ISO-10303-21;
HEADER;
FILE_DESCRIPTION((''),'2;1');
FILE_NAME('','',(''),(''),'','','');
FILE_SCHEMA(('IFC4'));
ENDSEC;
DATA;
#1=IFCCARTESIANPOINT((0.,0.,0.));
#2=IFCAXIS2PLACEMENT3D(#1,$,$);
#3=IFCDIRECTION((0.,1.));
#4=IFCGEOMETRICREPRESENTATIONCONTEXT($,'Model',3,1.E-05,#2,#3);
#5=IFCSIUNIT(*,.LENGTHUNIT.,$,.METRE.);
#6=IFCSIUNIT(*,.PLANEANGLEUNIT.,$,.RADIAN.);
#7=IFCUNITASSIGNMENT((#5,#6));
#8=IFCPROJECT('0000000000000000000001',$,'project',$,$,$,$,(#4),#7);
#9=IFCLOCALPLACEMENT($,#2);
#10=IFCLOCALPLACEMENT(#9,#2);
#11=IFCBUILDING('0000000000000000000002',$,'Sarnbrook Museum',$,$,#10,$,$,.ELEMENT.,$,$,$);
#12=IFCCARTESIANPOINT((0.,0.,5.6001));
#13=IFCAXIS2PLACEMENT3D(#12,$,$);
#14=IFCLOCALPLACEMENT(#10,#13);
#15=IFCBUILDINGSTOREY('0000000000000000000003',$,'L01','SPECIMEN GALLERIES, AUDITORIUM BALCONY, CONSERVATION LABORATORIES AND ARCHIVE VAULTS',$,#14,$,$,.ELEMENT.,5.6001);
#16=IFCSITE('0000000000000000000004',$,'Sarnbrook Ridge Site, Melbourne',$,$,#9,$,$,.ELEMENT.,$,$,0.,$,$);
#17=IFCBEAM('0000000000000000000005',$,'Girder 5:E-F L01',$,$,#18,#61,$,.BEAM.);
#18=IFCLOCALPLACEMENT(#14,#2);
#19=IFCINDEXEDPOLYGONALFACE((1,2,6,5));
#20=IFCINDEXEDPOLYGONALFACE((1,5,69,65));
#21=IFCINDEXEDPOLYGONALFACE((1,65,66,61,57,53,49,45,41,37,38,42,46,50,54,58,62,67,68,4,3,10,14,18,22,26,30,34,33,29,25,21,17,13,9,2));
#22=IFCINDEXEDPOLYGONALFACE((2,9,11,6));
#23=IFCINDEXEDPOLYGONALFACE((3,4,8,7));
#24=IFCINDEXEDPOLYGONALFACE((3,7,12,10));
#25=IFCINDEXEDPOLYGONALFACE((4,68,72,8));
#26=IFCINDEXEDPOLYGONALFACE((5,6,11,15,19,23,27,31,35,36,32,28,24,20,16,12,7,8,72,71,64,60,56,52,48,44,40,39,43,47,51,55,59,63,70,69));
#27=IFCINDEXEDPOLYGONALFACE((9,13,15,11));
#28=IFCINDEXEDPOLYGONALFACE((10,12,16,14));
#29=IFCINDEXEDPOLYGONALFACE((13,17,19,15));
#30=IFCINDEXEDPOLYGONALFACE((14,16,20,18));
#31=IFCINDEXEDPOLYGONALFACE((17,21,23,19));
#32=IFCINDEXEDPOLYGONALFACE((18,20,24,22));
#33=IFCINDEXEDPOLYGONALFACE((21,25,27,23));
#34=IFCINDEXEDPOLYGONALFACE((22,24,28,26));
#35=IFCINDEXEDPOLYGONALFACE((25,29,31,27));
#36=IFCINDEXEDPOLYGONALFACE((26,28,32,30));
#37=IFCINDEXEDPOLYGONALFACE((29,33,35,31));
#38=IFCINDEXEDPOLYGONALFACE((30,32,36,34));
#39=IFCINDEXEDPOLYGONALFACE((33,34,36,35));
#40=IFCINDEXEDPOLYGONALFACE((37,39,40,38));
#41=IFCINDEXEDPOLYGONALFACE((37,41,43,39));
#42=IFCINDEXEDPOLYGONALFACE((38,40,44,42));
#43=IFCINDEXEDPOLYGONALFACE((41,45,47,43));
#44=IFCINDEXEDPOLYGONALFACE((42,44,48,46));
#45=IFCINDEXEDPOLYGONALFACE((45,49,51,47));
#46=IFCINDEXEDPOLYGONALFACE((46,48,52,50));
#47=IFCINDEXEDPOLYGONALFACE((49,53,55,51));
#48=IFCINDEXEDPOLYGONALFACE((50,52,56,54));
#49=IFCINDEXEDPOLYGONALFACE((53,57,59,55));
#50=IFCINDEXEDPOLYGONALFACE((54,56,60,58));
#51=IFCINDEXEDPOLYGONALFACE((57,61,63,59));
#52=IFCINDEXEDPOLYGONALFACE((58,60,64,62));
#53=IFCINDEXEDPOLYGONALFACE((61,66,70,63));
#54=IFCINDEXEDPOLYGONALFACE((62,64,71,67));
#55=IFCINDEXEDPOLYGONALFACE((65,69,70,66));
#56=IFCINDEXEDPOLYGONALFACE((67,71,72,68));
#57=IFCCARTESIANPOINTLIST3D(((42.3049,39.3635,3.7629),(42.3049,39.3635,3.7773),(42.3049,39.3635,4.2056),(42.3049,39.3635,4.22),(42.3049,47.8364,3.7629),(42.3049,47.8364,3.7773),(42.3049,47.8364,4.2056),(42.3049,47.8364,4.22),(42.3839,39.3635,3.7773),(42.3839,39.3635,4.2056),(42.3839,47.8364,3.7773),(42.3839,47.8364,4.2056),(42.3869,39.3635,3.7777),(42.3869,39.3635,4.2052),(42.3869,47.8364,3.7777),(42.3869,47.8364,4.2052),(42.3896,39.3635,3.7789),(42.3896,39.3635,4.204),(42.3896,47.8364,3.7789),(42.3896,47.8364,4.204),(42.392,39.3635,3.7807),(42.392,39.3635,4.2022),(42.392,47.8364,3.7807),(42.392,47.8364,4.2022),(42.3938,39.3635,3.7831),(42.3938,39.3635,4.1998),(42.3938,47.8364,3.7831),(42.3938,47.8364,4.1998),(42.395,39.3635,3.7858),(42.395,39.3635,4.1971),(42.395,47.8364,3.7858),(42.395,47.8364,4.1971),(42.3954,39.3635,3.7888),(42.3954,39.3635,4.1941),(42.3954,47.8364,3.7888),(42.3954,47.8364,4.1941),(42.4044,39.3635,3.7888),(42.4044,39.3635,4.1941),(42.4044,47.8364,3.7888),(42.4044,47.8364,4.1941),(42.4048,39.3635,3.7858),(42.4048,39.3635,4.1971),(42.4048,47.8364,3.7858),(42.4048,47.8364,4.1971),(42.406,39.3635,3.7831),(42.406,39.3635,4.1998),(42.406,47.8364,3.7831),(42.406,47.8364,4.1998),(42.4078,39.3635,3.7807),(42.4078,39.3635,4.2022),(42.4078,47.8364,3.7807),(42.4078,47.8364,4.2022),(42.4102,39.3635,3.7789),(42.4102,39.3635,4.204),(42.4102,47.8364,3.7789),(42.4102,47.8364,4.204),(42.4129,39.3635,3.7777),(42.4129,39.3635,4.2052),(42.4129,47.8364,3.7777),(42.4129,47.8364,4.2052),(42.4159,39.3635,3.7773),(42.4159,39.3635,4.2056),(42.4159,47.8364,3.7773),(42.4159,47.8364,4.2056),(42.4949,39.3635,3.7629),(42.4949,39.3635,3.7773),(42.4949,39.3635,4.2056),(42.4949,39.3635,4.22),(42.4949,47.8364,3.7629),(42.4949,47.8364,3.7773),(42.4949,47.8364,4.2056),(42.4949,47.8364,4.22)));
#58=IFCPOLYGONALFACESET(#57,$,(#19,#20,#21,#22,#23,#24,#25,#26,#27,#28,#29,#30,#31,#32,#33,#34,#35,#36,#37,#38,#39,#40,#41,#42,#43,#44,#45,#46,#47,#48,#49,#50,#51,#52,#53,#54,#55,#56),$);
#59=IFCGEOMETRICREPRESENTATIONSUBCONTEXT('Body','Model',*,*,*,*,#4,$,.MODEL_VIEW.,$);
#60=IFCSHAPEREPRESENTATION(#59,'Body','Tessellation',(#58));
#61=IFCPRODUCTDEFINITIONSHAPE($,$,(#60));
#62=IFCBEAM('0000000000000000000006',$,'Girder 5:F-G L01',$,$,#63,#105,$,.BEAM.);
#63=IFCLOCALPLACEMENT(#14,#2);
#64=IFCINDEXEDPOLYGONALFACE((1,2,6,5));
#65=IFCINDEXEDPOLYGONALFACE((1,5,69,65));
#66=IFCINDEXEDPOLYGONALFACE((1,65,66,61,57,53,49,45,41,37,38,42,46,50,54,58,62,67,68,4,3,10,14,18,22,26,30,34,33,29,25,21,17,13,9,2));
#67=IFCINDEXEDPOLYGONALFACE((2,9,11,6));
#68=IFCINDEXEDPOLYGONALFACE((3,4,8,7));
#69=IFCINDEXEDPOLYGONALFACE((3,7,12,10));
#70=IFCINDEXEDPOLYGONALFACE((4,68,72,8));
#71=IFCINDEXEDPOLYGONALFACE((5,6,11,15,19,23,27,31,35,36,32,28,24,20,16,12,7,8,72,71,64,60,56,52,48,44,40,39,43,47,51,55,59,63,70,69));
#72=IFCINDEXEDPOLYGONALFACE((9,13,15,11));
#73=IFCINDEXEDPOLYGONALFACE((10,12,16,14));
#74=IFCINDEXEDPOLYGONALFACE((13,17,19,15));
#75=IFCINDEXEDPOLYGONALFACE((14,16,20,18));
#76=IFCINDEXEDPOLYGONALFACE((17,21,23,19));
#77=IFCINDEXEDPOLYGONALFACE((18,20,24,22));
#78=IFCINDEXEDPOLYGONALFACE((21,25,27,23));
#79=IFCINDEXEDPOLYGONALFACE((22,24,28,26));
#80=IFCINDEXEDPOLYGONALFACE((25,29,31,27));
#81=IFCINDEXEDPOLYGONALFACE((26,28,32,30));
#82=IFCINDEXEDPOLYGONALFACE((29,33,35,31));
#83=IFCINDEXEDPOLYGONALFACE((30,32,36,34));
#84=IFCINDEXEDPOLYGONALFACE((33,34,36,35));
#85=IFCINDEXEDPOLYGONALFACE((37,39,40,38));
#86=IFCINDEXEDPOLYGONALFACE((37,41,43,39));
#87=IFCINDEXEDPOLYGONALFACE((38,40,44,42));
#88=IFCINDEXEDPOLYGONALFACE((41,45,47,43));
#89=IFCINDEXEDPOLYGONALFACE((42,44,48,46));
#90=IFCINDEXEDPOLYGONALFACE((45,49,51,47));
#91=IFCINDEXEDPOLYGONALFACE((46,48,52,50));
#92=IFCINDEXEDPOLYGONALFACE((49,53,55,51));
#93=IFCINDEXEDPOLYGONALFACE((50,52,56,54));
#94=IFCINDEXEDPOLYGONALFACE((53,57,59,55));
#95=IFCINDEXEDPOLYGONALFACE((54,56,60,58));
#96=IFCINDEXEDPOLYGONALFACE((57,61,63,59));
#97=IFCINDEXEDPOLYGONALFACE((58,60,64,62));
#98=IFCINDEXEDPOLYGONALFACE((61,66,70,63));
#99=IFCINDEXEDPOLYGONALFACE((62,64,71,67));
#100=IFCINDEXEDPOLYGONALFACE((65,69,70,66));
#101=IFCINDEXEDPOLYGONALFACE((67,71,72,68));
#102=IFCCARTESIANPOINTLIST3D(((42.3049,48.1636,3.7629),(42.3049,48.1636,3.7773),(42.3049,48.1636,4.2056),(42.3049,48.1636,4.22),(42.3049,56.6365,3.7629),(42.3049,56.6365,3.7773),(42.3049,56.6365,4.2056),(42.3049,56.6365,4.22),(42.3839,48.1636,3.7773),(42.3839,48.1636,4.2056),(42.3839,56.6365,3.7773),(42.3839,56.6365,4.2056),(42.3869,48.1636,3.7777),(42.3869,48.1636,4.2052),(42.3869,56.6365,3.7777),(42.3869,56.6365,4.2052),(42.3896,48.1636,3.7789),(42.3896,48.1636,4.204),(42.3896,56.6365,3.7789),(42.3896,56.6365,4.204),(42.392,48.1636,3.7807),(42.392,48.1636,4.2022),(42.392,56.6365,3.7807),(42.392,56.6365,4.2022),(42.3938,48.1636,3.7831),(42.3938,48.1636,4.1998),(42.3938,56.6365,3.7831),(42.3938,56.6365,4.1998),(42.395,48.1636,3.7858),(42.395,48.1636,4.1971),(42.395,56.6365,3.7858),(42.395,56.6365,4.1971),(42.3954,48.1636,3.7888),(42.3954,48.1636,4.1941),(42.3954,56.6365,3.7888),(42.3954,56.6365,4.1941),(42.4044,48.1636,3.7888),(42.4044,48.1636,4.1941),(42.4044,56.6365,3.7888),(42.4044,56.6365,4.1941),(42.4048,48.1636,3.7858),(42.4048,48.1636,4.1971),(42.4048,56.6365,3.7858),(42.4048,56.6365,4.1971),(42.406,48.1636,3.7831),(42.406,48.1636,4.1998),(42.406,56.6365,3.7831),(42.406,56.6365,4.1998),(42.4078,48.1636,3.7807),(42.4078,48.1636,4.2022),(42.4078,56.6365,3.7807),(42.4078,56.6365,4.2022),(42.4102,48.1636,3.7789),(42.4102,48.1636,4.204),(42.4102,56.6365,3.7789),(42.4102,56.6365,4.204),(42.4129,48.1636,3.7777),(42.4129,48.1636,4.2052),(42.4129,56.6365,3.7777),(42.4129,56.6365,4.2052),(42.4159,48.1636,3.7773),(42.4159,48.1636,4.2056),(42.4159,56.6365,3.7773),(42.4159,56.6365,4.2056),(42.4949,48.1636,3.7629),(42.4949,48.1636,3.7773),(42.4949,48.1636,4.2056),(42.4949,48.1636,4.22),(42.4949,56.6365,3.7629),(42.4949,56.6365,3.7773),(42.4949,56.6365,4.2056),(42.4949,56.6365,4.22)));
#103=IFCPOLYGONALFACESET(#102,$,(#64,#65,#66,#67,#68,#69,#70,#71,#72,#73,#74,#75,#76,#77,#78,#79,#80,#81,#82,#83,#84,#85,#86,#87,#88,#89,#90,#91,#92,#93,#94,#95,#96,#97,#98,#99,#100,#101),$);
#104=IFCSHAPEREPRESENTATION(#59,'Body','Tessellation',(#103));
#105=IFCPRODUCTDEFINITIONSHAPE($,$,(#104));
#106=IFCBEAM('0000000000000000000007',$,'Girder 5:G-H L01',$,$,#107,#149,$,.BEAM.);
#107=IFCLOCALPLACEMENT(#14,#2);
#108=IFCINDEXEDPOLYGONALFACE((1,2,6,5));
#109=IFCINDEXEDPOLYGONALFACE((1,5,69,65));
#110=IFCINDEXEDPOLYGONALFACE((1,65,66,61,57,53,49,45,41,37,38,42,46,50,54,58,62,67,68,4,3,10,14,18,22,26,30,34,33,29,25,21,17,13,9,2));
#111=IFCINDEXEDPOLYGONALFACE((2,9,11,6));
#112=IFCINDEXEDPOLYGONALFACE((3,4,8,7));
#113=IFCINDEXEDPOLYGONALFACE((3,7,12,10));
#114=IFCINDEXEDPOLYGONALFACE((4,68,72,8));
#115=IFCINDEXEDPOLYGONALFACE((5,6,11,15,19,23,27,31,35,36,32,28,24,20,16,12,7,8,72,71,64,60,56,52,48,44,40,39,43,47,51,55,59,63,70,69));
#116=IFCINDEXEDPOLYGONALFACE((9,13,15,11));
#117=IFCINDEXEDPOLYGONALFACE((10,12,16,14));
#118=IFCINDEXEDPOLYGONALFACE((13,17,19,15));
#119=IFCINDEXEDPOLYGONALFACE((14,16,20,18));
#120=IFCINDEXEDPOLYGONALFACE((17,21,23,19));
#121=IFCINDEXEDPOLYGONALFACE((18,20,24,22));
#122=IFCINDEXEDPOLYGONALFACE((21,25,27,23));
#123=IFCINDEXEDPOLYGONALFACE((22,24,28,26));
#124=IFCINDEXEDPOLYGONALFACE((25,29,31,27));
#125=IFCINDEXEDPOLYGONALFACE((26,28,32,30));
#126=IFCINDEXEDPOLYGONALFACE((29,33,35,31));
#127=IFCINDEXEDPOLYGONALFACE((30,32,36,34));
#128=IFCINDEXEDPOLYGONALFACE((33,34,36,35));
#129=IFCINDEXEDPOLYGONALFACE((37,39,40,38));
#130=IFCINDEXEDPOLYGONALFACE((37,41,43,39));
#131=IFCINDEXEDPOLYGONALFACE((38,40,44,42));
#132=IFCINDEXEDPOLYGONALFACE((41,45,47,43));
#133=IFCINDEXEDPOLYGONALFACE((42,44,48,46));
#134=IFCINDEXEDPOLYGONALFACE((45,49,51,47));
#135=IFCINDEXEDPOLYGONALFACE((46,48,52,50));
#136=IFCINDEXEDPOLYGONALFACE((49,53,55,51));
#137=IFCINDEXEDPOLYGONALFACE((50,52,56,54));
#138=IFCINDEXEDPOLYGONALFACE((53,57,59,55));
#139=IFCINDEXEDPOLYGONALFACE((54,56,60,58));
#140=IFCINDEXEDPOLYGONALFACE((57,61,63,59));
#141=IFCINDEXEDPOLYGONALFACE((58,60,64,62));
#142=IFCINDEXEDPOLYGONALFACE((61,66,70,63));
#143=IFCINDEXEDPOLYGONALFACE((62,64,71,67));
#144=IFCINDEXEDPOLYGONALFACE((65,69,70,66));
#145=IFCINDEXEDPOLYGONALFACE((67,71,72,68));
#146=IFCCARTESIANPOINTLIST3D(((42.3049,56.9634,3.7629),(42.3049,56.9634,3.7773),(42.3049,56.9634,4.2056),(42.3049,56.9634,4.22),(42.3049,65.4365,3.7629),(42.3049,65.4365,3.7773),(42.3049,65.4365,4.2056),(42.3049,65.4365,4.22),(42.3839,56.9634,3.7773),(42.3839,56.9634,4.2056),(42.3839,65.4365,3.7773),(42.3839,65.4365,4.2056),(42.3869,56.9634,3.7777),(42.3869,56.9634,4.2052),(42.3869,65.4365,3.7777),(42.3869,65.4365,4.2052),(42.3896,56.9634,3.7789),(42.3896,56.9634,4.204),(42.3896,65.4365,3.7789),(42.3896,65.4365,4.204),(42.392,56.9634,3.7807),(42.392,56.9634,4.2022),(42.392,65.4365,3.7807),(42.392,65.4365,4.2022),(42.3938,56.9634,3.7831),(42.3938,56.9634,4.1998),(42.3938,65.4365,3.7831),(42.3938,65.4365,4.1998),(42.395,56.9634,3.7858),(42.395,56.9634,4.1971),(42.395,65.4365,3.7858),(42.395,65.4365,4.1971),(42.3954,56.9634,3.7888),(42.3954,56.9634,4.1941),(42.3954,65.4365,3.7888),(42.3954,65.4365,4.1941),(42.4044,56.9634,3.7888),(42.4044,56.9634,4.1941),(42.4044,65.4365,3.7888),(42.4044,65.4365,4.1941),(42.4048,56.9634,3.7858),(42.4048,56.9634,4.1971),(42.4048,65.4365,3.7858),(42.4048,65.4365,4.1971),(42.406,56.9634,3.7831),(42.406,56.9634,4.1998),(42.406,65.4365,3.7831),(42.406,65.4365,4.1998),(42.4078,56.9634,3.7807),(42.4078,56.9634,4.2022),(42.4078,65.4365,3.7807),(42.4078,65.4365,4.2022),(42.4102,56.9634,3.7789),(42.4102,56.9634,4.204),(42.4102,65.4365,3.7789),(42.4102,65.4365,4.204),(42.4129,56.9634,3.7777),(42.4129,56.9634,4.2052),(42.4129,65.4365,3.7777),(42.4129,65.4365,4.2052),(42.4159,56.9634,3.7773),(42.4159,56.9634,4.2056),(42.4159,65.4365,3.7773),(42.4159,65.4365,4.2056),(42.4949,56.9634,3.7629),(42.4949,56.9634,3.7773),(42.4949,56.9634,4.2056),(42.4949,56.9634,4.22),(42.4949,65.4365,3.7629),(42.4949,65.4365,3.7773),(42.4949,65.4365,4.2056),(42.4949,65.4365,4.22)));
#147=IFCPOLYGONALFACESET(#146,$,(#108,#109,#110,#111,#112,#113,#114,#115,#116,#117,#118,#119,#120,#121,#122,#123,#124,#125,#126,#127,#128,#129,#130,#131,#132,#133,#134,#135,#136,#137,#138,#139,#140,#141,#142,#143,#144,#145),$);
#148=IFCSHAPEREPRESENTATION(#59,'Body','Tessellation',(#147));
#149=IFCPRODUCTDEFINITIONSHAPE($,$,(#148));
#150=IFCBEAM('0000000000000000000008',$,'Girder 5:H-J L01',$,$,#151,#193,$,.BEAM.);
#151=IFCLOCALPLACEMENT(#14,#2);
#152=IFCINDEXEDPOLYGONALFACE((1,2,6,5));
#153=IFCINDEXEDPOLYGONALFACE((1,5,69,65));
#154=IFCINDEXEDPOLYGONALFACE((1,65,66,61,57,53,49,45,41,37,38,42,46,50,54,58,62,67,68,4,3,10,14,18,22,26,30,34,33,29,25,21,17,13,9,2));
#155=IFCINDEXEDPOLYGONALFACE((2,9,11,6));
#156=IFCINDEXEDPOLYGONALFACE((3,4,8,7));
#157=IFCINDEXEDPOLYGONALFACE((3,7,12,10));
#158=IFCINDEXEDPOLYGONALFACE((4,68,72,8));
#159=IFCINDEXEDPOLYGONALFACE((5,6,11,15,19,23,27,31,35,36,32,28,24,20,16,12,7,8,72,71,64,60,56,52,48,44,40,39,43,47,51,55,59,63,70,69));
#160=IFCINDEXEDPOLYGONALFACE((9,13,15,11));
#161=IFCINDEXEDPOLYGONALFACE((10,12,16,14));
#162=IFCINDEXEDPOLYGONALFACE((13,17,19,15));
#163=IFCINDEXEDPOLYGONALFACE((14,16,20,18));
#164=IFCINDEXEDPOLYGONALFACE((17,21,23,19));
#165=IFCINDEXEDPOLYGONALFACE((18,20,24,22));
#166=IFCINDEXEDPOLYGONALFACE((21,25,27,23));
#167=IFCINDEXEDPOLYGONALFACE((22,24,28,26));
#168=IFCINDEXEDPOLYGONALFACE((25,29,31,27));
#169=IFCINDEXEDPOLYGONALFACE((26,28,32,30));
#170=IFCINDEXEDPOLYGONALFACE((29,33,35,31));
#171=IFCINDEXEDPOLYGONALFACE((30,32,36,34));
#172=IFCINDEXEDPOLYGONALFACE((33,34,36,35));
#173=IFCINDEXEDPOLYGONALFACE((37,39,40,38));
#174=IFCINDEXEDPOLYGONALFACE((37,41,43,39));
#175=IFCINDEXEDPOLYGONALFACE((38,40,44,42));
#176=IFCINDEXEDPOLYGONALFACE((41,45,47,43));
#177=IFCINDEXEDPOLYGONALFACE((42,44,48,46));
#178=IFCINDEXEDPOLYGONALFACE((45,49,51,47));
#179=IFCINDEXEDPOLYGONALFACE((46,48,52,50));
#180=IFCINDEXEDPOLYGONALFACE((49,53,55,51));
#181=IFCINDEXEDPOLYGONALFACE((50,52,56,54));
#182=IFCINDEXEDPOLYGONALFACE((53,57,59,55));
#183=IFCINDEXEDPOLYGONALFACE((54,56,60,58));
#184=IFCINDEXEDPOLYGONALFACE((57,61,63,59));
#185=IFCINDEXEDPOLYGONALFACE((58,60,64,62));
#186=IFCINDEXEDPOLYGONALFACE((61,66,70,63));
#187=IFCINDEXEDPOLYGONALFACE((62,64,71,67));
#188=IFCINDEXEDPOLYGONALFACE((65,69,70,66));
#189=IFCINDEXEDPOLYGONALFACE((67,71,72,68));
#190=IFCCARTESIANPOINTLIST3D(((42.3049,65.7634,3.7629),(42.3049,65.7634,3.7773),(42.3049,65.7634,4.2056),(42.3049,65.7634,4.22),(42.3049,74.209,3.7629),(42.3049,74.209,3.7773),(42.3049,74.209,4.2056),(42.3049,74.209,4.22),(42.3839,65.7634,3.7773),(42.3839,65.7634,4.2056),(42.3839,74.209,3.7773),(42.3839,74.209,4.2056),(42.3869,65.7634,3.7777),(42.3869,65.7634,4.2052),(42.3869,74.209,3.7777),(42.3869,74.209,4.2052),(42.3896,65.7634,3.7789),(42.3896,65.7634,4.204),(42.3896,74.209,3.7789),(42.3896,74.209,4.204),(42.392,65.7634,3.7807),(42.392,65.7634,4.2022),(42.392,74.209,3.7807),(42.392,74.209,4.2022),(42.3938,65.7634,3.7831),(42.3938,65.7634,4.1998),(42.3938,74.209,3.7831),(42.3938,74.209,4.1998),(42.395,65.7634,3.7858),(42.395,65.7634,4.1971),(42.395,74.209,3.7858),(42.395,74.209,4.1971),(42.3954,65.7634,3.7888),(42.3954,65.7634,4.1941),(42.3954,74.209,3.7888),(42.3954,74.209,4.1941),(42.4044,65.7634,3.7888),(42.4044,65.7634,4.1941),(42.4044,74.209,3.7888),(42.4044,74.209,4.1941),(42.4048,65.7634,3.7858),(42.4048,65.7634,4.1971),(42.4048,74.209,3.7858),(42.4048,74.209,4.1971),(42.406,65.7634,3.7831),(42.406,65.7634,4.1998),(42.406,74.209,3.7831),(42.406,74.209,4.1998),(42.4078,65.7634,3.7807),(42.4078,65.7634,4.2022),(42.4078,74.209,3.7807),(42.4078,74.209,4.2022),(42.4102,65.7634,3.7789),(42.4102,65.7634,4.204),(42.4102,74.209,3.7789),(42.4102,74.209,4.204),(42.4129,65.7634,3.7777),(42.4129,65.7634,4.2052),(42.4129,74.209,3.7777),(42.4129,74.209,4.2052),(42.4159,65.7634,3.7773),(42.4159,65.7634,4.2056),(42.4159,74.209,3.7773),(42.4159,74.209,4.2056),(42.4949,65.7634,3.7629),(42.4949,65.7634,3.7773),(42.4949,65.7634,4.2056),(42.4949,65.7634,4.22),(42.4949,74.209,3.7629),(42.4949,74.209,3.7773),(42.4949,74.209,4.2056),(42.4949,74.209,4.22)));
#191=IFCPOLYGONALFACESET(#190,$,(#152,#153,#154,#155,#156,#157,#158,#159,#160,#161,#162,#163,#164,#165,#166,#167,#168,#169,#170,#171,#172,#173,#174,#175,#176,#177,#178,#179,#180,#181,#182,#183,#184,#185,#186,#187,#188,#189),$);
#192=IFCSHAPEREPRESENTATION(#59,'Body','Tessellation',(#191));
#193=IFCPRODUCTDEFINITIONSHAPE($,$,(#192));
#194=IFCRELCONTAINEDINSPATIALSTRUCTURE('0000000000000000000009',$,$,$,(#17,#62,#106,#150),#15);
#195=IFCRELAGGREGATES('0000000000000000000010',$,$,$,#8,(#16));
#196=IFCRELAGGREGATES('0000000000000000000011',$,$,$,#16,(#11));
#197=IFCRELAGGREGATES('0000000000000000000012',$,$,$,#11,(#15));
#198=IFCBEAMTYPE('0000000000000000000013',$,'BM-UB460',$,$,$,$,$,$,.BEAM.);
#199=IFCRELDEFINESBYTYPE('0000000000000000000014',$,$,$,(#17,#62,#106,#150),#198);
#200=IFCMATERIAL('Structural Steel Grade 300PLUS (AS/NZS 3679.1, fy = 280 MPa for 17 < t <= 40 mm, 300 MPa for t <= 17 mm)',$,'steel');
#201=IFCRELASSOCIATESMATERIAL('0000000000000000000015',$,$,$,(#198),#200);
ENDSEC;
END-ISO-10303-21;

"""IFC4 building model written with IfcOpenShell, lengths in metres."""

from ifc_helpers import new_model, si_unit, direction, frame, origin, origin_2d, place, context, subcontext, project, spatial, i_section, extrude, material, material_profile, profile_set, type_object, element, save


model = new_model("IFC4")

# Units and contexts
model_context = context("Model", 3, precision=1e-05, world=origin(), true_north=direction((0.0, 1.0)))
body_context = subcontext(model_context, "Body", "Model", "MODEL_VIEW")
ifc_project = project(units=[si_unit("LENGTHUNIT", "METRE"), si_unit("PLANEANGLEUNIT", "RADIAN")], contexts=[model_context])

# Site, building, storey
site_placement = place(None, origin())
site = spatial("IfcSite", under=ifc_project, at=site_placement, Name="Sarnbrook Ridge Site, Melbourne", CompositionType="ELEMENT", RefElevation=0.0)
building_placement = place(site_placement, origin())
building = spatial("IfcBuilding", under=site, at=building_placement, Name="Sarnbrook Museum", CompositionType="ELEMENT")
storey_placement = place(building_placement, frame((0.0, 0.0, 5.6001)))
storey = spatial("IfcBuildingStorey", under=building, at=storey_placement, Name="L01", Description="SPECIMEN GALLERIES, AUDITORIUM BALCONY, CONSERVATION LABORATORIES AND ARCHIVE VAULTS", CompositionType="ELEMENT", Elevation=5.6001)

# Shared definitions
ifc_material_1 = material(Name="Structural Steel Grade 300PLUS (AS/NZS 3679.1, fy = 280 MPa for 17 < t <= 40 mm, 300 MPa for t <= 17 mm)", Category="steel")

# Beams
ifc_material_profile_1 = material_profile(ifc_material_1, i_section(OverallWidth=0.1899, OverallDepth=0.457, WebThickness=0.009, FlangeThickness=0.0144, FilletRadius=0.0115, at=origin_2d()), Name="460UB74.6")
ifc_profile_set_1 = profile_set([ifc_material_profile_1], Name="Structural Steel Grade 300PLUS (AS/NZS 3679.1, fy = 280 MPa for 17 < t <= 40 mm, 300 MPa for t <= 17 mm)")
beam_type_1 = type_object("IfcBeamType", Name="BM-UB460", PredefinedType="BEAM", material=ifc_profile_set_1)
for number, where, z_axis, x_axis, name in (
    (1, (42.3999, 39.3635, 3.9915), (0.0, 1.0, 0.0), (-1.0, 0.0, 0.0), "Girder 5:E-F L01"),
    (2, (42.3999, 48.1636, 3.9915), (0.0, 1.0, 0.0), (-1.0, 0.0, 0.0), "Girder 5:F-G L01"),
):
    element("IfcBeam", number, at=place(storey_placement, frame(where, z_axis=z_axis, x_axis=x_axis)), inside=storey, type_object=beam_type_1, Name=name, PredefinedType="BEAM", context=body_context, shape_type="SweptSolid", body=[
        extrude(i_section(OverallWidth=0.1899, OverallDepth=0.457, WebThickness=0.009, FlangeThickness=0.0144, FilletRadius=0.0115, at=origin_2d()), origin(), (0.0, 0.0, 1.0), 8.4729),
    ])
beam_1_placement = place(storey_placement, frame((42.3999, 56.9634, 3.9915), z_axis=(0.0, 1.0, 0.0), x_axis=(-1.0, 0.0, 0.0)))
element("IfcBeam", 3, at=beam_1_placement, inside=storey, type_object=beam_type_1, Name="Girder 5:G-H L01", PredefinedType="BEAM", context=body_context, shape_type="SweptSolid", body=[
    extrude(i_section(OverallWidth=0.1899, OverallDepth=0.457, WebThickness=0.009, FlangeThickness=0.0144, FilletRadius=0.0115, at=origin_2d()), origin(), (0.0, 0.0, 1.0), 8.4731),
])
beam_2_placement = place(storey_placement, frame((42.3999, 65.7634, 3.9915), z_axis=(0.0, 1.0, 0.0), x_axis=(-1.0, 0.0, 0.0)))
element("IfcBeam", 4, at=beam_2_placement, inside=storey, type_object=beam_type_1, Name="Girder 5:H-J L01", PredefinedType="BEAM", context=body_context, shape_type="SweptSolid", body=[
    extrude(i_section(OverallWidth=0.1899, OverallDepth=0.457, WebThickness=0.009, FlangeThickness=0.0144, FilletRadius=0.0115, at=origin_2d()), origin(), (0.0, 0.0, 1.0), 8.4456),
])

save(model, "model.ifc")
